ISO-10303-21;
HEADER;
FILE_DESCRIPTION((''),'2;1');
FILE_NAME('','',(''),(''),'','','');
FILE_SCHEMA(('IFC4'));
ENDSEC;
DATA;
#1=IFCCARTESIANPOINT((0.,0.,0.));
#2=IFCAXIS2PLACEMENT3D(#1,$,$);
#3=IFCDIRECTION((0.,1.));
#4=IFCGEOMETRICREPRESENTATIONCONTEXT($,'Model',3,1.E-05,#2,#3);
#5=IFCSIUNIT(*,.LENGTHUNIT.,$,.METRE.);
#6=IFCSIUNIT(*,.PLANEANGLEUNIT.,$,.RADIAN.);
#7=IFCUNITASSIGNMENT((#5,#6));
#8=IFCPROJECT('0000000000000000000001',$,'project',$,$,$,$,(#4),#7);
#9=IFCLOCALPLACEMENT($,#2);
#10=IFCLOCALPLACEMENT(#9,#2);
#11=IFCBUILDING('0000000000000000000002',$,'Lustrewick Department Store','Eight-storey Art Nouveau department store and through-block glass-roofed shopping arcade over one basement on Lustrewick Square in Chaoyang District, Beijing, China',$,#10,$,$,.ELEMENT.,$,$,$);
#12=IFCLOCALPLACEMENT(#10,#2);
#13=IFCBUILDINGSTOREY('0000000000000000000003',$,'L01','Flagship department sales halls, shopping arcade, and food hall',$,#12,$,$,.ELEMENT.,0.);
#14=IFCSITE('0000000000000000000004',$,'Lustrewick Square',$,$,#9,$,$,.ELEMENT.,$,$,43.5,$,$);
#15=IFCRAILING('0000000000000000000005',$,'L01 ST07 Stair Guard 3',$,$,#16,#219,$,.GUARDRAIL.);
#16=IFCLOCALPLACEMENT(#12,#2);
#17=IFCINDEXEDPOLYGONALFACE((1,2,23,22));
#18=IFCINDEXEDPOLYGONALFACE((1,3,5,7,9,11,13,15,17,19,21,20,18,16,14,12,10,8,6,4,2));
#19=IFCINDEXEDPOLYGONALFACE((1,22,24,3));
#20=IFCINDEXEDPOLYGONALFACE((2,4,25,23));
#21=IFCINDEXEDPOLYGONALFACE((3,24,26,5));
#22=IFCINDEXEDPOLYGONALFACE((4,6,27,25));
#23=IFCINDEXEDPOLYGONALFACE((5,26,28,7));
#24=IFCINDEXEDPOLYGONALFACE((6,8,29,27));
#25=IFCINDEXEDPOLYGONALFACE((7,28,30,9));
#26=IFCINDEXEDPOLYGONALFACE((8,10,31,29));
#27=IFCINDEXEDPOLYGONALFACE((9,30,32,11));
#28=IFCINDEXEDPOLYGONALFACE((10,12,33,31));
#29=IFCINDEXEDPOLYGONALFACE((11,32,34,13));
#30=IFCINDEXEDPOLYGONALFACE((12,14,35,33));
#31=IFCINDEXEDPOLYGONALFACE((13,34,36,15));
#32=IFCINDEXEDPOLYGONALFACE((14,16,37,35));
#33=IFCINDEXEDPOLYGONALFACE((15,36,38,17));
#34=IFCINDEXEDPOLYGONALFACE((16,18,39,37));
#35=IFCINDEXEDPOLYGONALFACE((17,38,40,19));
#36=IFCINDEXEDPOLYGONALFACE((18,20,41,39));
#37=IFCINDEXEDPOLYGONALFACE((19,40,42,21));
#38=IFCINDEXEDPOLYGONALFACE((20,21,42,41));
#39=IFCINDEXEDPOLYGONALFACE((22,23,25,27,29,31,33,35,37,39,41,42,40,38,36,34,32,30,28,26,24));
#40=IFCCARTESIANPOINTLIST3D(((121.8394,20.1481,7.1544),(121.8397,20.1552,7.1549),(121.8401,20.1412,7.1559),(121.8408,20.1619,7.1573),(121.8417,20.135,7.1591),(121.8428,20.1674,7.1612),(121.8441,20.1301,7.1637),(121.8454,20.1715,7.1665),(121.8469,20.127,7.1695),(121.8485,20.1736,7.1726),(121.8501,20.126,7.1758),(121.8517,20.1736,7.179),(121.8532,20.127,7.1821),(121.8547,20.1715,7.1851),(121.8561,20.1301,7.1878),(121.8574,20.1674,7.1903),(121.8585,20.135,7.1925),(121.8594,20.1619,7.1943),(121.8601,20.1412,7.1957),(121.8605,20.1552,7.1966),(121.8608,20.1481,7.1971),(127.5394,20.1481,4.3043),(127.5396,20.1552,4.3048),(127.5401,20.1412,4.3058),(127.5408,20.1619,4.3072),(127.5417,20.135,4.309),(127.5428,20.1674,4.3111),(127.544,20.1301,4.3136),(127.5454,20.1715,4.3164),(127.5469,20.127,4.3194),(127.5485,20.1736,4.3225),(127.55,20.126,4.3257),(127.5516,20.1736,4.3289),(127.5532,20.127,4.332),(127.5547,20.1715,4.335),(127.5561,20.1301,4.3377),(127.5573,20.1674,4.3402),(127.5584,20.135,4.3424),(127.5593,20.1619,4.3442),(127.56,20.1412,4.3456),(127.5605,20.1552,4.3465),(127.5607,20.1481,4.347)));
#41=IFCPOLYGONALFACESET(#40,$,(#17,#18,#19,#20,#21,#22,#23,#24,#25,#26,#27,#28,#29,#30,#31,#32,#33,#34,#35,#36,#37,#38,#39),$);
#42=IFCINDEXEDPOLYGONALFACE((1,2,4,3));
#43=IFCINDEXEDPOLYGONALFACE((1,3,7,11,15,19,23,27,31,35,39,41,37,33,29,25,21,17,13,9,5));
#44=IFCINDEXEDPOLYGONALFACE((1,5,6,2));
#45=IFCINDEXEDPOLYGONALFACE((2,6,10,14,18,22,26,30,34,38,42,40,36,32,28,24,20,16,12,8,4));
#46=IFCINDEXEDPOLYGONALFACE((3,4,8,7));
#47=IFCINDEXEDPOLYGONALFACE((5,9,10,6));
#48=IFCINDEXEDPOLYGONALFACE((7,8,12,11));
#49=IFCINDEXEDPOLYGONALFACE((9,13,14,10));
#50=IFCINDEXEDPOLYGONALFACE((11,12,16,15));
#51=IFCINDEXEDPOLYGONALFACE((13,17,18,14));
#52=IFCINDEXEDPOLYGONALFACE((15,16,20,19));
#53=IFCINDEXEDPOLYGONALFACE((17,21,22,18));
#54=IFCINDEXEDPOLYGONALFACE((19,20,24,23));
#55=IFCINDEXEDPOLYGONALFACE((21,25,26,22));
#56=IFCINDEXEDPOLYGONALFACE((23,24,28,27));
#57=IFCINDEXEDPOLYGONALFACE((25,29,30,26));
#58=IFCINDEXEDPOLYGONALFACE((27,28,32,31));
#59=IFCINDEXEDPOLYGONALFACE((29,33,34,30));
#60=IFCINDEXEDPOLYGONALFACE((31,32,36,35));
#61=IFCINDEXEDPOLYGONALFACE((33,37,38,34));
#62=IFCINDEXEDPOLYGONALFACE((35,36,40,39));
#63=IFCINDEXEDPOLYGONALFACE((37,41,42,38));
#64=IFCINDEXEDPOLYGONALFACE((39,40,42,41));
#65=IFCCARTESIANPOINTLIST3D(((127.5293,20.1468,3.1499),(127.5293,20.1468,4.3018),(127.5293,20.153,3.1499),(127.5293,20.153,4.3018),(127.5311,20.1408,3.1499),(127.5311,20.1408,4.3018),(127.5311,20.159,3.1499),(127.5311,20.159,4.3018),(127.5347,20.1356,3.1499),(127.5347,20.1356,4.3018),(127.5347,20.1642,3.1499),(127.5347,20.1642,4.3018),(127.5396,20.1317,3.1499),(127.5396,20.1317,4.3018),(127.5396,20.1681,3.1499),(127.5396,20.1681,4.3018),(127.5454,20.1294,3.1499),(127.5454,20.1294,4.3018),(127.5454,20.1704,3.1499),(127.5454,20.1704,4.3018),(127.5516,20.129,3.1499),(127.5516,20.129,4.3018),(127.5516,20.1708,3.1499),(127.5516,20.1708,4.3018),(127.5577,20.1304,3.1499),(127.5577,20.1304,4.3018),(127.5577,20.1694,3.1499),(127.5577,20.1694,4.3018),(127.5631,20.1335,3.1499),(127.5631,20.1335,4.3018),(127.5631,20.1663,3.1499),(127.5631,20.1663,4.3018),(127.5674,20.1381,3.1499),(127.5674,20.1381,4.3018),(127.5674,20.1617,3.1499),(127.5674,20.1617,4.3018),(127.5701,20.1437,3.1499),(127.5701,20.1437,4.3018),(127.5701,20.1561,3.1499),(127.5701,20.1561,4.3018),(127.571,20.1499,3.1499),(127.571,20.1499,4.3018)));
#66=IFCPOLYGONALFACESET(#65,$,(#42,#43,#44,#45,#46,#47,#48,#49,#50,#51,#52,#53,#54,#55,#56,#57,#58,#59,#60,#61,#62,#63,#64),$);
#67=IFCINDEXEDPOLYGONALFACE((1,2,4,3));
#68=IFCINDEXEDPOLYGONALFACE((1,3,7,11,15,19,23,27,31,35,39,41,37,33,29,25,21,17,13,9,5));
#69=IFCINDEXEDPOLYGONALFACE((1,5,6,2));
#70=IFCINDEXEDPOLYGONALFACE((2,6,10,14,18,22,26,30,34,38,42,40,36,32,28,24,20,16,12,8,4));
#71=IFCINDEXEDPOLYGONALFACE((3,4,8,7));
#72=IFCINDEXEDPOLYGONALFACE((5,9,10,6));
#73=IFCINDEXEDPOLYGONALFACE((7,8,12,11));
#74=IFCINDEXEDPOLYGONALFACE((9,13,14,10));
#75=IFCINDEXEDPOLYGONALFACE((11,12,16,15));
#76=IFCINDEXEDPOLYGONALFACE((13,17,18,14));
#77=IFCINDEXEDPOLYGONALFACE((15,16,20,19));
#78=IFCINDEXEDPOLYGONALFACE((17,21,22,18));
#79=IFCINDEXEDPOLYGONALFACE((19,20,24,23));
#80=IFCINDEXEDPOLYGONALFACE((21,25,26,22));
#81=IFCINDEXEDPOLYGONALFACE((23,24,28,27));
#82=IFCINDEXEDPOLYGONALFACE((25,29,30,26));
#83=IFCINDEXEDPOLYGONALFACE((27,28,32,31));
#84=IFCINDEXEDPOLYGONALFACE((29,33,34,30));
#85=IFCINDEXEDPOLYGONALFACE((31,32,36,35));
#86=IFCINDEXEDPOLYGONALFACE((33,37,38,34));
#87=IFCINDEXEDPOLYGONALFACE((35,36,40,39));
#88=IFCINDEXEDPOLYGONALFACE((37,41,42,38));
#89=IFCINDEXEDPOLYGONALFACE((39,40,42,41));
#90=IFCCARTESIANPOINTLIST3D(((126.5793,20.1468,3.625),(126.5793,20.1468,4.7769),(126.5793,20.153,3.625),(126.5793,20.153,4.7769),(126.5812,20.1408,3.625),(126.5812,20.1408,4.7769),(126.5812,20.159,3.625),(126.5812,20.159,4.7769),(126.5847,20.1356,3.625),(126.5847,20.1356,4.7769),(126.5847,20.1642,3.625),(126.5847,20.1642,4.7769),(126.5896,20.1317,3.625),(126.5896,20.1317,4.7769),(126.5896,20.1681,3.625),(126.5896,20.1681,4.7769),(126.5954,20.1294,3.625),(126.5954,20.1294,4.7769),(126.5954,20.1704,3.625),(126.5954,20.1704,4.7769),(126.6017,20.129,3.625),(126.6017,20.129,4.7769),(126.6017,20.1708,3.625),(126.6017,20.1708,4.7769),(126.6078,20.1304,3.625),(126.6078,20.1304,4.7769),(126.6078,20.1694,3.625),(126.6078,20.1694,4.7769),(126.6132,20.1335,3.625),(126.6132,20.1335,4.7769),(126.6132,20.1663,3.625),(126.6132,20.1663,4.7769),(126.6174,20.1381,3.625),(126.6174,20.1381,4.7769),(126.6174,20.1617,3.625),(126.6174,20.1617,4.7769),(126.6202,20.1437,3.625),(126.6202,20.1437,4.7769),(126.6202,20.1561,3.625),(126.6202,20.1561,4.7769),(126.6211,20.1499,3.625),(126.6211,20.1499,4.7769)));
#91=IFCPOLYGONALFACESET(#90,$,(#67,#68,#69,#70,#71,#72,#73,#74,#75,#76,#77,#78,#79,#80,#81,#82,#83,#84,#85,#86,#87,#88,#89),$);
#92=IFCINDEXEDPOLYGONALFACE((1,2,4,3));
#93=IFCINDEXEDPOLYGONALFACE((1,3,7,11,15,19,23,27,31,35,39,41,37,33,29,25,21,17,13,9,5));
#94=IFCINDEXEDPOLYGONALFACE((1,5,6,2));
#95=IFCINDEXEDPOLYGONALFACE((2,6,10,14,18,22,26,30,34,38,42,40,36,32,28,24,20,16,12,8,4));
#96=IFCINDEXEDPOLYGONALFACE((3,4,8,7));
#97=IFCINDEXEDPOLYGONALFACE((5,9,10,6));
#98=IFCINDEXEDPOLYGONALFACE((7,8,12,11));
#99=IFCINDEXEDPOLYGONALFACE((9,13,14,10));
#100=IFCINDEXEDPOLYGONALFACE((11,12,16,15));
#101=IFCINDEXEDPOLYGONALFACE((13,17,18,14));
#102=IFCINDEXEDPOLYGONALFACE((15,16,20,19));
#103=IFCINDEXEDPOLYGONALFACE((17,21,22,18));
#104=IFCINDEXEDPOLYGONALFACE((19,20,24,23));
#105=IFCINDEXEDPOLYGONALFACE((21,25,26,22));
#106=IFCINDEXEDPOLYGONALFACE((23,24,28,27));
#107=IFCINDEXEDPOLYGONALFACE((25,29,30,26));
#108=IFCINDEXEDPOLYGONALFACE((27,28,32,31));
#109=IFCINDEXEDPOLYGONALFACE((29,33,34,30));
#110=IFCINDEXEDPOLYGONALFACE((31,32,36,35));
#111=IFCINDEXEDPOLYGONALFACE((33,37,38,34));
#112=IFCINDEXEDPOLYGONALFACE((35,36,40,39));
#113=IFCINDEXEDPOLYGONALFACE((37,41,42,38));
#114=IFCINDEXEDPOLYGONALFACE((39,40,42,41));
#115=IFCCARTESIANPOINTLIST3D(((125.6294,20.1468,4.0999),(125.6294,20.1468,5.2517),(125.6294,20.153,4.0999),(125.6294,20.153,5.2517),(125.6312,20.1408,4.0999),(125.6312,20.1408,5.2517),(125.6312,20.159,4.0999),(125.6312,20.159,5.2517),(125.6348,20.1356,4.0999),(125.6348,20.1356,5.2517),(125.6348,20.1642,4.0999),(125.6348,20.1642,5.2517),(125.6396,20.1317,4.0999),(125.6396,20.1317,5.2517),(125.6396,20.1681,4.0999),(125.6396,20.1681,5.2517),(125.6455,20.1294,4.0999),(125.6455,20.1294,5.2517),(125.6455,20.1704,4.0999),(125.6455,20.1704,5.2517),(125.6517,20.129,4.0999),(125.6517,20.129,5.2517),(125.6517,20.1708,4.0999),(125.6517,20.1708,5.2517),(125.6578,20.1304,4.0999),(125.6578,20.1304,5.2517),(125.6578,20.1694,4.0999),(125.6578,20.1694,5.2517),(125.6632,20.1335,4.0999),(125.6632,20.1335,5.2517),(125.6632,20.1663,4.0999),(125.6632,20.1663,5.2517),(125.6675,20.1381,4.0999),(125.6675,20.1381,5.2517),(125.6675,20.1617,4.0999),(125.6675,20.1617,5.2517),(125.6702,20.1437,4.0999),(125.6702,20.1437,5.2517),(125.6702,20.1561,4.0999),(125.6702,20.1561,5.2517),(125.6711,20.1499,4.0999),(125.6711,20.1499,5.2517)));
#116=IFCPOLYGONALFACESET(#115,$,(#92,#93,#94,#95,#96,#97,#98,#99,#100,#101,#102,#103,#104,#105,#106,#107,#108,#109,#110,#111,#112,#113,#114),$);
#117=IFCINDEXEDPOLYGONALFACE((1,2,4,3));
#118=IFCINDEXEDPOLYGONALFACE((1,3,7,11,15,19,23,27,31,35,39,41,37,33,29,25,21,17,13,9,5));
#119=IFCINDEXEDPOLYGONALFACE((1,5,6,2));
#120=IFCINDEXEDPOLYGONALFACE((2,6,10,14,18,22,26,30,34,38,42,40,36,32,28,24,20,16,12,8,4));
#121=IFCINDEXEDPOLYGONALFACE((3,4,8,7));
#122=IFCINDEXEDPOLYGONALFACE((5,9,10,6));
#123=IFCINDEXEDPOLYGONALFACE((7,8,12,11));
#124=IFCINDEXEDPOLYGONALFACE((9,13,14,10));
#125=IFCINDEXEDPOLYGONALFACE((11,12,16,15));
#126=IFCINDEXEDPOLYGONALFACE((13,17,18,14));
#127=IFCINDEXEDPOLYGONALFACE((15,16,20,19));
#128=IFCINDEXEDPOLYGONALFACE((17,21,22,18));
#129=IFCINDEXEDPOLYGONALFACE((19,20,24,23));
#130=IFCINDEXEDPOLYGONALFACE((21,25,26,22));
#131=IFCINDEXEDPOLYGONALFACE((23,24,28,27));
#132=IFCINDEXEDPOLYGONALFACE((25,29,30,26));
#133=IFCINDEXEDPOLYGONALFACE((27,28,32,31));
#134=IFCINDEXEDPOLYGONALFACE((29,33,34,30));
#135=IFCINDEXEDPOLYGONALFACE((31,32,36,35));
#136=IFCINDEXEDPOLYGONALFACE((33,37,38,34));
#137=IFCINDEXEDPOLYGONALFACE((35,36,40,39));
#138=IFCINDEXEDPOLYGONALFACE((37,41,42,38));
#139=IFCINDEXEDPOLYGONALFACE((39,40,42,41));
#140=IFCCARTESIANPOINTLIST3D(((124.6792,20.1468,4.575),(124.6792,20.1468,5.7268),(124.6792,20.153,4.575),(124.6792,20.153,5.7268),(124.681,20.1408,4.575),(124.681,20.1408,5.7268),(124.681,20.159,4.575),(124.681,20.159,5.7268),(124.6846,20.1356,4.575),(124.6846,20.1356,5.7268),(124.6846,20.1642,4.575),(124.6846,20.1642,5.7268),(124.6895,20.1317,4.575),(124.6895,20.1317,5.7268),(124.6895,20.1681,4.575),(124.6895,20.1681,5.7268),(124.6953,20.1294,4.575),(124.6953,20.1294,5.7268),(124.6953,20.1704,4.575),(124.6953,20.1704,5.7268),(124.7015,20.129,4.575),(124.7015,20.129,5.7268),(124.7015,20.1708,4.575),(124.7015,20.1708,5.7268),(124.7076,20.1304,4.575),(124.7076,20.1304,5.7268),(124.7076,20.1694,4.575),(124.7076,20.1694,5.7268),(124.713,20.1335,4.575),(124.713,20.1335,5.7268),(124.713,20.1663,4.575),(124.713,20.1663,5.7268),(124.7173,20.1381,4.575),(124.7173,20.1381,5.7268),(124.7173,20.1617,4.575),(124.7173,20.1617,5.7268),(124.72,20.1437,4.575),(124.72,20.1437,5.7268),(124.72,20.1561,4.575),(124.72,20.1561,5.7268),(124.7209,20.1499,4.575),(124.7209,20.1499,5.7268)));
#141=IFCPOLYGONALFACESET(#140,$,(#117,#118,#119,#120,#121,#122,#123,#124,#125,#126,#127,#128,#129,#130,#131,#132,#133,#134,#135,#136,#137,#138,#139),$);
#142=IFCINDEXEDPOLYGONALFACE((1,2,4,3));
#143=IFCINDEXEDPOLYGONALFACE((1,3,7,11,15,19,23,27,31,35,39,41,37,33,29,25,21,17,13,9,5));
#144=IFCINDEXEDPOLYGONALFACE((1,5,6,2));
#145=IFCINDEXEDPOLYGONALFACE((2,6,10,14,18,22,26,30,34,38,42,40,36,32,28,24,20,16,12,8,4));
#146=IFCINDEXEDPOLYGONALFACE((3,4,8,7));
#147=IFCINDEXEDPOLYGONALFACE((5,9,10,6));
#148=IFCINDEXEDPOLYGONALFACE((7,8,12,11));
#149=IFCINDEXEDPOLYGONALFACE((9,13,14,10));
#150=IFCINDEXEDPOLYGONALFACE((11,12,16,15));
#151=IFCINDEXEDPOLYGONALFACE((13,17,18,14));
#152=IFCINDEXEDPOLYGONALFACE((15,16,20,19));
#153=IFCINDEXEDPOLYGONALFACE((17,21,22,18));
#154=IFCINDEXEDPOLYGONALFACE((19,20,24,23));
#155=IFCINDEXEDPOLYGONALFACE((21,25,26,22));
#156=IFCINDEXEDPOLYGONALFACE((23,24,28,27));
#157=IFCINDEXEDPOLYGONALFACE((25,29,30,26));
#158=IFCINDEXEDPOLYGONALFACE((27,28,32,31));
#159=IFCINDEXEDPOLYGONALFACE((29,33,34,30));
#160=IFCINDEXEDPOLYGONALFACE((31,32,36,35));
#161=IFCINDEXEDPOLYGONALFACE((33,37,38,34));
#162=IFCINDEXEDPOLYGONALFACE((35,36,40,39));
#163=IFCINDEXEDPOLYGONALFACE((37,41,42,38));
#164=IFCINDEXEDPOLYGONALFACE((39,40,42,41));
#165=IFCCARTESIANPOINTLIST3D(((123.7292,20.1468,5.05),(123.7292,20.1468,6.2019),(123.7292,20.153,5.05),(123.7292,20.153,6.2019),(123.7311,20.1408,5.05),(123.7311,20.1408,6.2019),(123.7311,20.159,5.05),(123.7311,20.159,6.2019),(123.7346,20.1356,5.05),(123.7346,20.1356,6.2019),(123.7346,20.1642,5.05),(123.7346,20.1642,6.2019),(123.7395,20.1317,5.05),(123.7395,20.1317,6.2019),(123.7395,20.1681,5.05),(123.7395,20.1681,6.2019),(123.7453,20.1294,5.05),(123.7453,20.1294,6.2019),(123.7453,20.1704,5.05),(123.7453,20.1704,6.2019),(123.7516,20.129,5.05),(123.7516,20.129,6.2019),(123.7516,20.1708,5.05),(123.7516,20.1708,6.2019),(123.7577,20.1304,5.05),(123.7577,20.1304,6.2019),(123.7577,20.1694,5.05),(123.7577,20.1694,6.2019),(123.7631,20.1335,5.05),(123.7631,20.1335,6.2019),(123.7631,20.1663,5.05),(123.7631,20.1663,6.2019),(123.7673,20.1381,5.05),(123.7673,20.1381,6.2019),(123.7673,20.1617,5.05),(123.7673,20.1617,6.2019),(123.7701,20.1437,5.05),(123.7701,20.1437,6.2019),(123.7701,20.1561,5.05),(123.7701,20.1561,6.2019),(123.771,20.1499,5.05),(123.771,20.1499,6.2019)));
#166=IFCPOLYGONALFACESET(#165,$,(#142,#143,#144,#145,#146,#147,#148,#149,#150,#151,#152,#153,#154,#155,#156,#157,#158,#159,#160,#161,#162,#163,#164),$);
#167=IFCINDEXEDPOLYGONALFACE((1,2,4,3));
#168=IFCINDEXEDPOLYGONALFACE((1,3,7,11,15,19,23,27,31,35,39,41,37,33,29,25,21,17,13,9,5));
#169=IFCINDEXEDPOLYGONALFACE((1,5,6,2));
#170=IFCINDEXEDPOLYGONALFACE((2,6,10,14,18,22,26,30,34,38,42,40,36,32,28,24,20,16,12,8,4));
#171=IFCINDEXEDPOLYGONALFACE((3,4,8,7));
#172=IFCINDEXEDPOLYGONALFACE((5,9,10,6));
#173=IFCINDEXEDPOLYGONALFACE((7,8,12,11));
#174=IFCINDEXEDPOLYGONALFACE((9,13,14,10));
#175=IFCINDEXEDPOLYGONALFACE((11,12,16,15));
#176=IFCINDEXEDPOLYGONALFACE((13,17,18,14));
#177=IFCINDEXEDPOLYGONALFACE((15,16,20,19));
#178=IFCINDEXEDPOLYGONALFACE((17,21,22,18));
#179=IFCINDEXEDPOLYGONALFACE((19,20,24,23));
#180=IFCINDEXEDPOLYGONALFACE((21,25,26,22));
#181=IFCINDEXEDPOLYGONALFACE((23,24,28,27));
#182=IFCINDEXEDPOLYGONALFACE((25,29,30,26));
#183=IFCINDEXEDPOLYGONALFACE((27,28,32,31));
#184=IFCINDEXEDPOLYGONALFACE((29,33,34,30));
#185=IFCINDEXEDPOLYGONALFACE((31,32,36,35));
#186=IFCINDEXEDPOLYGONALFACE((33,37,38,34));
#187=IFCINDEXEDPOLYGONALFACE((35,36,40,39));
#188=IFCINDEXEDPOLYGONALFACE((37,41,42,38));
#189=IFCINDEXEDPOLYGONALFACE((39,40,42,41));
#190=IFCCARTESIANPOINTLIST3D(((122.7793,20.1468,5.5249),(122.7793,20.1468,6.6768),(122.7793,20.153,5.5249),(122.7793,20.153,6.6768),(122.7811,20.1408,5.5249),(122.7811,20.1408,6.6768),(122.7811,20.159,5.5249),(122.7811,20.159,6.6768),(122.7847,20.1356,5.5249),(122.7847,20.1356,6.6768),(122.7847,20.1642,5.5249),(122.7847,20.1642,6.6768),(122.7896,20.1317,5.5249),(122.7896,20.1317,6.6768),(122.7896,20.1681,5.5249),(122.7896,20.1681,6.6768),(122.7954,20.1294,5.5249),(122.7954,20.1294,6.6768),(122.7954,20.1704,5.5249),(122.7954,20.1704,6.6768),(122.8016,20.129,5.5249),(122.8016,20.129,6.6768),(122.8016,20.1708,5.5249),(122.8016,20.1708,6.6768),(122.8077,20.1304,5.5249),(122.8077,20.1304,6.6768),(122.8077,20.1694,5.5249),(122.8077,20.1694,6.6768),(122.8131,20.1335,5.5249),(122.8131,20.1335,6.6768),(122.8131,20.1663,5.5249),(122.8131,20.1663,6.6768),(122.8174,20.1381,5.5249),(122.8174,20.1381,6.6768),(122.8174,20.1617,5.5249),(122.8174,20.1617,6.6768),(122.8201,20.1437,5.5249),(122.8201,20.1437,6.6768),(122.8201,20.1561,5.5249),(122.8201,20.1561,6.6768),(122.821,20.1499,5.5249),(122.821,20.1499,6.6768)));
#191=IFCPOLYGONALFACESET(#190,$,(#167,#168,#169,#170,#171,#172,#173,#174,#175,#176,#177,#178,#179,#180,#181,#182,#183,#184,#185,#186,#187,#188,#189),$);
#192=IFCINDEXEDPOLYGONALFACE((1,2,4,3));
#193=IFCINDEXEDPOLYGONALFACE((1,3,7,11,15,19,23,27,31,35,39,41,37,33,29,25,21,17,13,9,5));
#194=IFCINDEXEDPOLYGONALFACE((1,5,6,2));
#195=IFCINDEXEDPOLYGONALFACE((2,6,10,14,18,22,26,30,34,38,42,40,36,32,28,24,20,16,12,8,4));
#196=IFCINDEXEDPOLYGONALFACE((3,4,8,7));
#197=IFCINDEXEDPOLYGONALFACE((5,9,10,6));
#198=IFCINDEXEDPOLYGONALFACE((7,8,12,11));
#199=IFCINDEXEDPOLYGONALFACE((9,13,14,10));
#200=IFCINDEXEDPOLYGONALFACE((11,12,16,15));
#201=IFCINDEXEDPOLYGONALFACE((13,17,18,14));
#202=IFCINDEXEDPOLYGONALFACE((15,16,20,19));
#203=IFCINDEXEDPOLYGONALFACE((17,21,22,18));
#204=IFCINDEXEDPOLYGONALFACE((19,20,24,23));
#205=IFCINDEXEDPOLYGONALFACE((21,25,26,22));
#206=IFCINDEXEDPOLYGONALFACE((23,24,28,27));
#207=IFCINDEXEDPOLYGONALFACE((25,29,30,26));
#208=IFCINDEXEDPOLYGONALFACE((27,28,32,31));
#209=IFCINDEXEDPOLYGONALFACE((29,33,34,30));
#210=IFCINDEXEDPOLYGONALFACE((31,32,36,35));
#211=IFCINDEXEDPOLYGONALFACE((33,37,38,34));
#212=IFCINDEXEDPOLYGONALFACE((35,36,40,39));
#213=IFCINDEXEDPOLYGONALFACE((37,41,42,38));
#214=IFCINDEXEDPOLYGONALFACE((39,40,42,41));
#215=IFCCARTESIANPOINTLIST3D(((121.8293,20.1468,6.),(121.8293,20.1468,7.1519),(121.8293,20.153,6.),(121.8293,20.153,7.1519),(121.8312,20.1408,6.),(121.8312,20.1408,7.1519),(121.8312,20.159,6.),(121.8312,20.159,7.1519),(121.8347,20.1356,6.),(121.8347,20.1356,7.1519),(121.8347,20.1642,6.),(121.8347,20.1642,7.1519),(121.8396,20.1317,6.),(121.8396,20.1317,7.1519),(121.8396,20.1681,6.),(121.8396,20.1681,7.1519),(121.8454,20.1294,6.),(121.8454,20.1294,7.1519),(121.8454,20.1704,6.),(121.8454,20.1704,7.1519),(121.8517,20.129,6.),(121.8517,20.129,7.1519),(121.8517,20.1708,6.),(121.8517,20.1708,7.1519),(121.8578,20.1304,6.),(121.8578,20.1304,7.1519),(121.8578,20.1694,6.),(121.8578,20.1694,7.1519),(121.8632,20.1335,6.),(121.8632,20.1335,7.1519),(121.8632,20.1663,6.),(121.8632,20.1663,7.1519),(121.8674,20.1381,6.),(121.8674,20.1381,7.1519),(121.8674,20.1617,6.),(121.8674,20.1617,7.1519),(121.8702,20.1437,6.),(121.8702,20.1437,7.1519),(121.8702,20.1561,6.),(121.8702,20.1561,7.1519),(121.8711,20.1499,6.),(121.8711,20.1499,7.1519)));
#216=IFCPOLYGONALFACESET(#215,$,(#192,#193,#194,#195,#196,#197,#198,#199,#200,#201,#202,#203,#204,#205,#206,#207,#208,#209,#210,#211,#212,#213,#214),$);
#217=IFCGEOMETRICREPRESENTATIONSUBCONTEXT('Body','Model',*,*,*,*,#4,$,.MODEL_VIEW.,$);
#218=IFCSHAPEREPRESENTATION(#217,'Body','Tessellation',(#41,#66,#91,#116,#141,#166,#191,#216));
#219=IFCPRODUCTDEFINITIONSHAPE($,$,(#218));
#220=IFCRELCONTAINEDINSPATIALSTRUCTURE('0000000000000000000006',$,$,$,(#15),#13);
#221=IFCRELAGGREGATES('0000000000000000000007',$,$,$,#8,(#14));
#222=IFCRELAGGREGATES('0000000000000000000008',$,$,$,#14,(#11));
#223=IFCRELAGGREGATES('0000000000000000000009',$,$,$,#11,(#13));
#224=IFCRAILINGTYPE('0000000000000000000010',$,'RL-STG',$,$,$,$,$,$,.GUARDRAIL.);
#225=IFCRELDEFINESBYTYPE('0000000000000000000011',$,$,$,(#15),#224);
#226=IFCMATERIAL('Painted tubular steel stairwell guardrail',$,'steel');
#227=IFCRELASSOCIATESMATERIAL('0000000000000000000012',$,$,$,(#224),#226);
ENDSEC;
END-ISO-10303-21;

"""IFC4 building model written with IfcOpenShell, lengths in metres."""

from ifc_helpers import new_model, si_unit, direction, frame, origin, origin_2d, place, context, subcontext, project, spatial, circle, extrude, material, type_object, element, save


model = new_model("IFC4")

# Units and contexts
model_context = context("Model", 3, precision=1e-05, world=origin(), true_north=direction((0.0, 1.0)))
body_context = subcontext(model_context, "Body", "Model", "MODEL_VIEW")
ifc_project = project(units=[si_unit("LENGTHUNIT", "METRE"), si_unit("PLANEANGLEUNIT", "RADIAN")], contexts=[model_context])

# Site, building, storey
site_placement = place(None, origin())
site = spatial("IfcSite", under=ifc_project, at=site_placement, Name="Lustrewick Square", CompositionType="ELEMENT", RefElevation=43.5)
building_placement = place(site_placement, origin())
building = spatial("IfcBuilding", under=site, at=building_placement, Name="Lustrewick Department Store", Description="Eight-storey Art Nouveau department store and through-block glass-roofed shopping arcade over one basement on Lustrewick Square in Chaoyang District, Beijing, China", CompositionType="ELEMENT")
storey_placement = place(building_placement, origin())
storey = spatial("IfcBuildingStorey", under=building, at=storey_placement, Name="L01", Description="Flagship department sales halls, shopping arcade, and food hall", CompositionType="ELEMENT", Elevation=0.0)

# Railing
ifc_material_1 = material(Name="Painted tubular steel stairwell guardrail", Category="steel")
railing_type_1 = type_object("IfcRailingType", Name="RL-STG", PredefinedType="GUARDRAIL", material=ifc_material_1)
railing_1_placement = place(storey_placement, frame((127.55, 20.1499, 3.1499)))
element("IfcRailing", 1, at=railing_1_placement, inside=storey, type_object=railing_type_1, Name="L01 ST07 Stair Guard 3", PredefinedType="GUARDRAIL", context=body_context, shape_type="SweptSolid", body=[
    extrude(circle(Radius=0.0239, at=origin_2d()), frame((0.0, 0.0, 1.1758), z_axis=(-0.89442, 0.0, 0.447229), x_axis=(0.0, -1.0, 0.0)), (0.0, 0.0, 1.0), 6.3728),
    extrude(circle(Radius=0.021, at=origin_2d()), origin(), (0.0, 0.0, 1.0), 1.1519),
    extrude(circle(Radius=0.021, at=origin_2d()), frame((-0.95, 0.0, 0.4751)), (0.0, 0.0, 1.0), 1.1519),
    extrude(circle(Radius=0.021, at=origin_2d()), frame((-1.8999, 0.0, 0.95)), (0.0, 0.0, 1.0), 1.1519),
    extrude(circle(Radius=0.021, at=origin_2d()), frame((-2.8501, 0.0, 1.425)), (0.0, 0.0, 1.0), 1.1519),
    extrude(circle(Radius=0.021, at=origin_2d()), frame((-3.8, 0.0, 1.9001)), (0.0, 0.0, 1.0), 1.1519),
    extrude(circle(Radius=0.021, at=origin_2d()), frame((-4.75, 0.0, 2.375)), (0.0, 0.0, 1.0), 1.1519),
    extrude(circle(Radius=0.021, at=origin_2d()), frame((-5.7, 0.0, 2.8501)), (0.0, 0.0, 1.0), 1.1519),
])

save(model, "model.ifc")
